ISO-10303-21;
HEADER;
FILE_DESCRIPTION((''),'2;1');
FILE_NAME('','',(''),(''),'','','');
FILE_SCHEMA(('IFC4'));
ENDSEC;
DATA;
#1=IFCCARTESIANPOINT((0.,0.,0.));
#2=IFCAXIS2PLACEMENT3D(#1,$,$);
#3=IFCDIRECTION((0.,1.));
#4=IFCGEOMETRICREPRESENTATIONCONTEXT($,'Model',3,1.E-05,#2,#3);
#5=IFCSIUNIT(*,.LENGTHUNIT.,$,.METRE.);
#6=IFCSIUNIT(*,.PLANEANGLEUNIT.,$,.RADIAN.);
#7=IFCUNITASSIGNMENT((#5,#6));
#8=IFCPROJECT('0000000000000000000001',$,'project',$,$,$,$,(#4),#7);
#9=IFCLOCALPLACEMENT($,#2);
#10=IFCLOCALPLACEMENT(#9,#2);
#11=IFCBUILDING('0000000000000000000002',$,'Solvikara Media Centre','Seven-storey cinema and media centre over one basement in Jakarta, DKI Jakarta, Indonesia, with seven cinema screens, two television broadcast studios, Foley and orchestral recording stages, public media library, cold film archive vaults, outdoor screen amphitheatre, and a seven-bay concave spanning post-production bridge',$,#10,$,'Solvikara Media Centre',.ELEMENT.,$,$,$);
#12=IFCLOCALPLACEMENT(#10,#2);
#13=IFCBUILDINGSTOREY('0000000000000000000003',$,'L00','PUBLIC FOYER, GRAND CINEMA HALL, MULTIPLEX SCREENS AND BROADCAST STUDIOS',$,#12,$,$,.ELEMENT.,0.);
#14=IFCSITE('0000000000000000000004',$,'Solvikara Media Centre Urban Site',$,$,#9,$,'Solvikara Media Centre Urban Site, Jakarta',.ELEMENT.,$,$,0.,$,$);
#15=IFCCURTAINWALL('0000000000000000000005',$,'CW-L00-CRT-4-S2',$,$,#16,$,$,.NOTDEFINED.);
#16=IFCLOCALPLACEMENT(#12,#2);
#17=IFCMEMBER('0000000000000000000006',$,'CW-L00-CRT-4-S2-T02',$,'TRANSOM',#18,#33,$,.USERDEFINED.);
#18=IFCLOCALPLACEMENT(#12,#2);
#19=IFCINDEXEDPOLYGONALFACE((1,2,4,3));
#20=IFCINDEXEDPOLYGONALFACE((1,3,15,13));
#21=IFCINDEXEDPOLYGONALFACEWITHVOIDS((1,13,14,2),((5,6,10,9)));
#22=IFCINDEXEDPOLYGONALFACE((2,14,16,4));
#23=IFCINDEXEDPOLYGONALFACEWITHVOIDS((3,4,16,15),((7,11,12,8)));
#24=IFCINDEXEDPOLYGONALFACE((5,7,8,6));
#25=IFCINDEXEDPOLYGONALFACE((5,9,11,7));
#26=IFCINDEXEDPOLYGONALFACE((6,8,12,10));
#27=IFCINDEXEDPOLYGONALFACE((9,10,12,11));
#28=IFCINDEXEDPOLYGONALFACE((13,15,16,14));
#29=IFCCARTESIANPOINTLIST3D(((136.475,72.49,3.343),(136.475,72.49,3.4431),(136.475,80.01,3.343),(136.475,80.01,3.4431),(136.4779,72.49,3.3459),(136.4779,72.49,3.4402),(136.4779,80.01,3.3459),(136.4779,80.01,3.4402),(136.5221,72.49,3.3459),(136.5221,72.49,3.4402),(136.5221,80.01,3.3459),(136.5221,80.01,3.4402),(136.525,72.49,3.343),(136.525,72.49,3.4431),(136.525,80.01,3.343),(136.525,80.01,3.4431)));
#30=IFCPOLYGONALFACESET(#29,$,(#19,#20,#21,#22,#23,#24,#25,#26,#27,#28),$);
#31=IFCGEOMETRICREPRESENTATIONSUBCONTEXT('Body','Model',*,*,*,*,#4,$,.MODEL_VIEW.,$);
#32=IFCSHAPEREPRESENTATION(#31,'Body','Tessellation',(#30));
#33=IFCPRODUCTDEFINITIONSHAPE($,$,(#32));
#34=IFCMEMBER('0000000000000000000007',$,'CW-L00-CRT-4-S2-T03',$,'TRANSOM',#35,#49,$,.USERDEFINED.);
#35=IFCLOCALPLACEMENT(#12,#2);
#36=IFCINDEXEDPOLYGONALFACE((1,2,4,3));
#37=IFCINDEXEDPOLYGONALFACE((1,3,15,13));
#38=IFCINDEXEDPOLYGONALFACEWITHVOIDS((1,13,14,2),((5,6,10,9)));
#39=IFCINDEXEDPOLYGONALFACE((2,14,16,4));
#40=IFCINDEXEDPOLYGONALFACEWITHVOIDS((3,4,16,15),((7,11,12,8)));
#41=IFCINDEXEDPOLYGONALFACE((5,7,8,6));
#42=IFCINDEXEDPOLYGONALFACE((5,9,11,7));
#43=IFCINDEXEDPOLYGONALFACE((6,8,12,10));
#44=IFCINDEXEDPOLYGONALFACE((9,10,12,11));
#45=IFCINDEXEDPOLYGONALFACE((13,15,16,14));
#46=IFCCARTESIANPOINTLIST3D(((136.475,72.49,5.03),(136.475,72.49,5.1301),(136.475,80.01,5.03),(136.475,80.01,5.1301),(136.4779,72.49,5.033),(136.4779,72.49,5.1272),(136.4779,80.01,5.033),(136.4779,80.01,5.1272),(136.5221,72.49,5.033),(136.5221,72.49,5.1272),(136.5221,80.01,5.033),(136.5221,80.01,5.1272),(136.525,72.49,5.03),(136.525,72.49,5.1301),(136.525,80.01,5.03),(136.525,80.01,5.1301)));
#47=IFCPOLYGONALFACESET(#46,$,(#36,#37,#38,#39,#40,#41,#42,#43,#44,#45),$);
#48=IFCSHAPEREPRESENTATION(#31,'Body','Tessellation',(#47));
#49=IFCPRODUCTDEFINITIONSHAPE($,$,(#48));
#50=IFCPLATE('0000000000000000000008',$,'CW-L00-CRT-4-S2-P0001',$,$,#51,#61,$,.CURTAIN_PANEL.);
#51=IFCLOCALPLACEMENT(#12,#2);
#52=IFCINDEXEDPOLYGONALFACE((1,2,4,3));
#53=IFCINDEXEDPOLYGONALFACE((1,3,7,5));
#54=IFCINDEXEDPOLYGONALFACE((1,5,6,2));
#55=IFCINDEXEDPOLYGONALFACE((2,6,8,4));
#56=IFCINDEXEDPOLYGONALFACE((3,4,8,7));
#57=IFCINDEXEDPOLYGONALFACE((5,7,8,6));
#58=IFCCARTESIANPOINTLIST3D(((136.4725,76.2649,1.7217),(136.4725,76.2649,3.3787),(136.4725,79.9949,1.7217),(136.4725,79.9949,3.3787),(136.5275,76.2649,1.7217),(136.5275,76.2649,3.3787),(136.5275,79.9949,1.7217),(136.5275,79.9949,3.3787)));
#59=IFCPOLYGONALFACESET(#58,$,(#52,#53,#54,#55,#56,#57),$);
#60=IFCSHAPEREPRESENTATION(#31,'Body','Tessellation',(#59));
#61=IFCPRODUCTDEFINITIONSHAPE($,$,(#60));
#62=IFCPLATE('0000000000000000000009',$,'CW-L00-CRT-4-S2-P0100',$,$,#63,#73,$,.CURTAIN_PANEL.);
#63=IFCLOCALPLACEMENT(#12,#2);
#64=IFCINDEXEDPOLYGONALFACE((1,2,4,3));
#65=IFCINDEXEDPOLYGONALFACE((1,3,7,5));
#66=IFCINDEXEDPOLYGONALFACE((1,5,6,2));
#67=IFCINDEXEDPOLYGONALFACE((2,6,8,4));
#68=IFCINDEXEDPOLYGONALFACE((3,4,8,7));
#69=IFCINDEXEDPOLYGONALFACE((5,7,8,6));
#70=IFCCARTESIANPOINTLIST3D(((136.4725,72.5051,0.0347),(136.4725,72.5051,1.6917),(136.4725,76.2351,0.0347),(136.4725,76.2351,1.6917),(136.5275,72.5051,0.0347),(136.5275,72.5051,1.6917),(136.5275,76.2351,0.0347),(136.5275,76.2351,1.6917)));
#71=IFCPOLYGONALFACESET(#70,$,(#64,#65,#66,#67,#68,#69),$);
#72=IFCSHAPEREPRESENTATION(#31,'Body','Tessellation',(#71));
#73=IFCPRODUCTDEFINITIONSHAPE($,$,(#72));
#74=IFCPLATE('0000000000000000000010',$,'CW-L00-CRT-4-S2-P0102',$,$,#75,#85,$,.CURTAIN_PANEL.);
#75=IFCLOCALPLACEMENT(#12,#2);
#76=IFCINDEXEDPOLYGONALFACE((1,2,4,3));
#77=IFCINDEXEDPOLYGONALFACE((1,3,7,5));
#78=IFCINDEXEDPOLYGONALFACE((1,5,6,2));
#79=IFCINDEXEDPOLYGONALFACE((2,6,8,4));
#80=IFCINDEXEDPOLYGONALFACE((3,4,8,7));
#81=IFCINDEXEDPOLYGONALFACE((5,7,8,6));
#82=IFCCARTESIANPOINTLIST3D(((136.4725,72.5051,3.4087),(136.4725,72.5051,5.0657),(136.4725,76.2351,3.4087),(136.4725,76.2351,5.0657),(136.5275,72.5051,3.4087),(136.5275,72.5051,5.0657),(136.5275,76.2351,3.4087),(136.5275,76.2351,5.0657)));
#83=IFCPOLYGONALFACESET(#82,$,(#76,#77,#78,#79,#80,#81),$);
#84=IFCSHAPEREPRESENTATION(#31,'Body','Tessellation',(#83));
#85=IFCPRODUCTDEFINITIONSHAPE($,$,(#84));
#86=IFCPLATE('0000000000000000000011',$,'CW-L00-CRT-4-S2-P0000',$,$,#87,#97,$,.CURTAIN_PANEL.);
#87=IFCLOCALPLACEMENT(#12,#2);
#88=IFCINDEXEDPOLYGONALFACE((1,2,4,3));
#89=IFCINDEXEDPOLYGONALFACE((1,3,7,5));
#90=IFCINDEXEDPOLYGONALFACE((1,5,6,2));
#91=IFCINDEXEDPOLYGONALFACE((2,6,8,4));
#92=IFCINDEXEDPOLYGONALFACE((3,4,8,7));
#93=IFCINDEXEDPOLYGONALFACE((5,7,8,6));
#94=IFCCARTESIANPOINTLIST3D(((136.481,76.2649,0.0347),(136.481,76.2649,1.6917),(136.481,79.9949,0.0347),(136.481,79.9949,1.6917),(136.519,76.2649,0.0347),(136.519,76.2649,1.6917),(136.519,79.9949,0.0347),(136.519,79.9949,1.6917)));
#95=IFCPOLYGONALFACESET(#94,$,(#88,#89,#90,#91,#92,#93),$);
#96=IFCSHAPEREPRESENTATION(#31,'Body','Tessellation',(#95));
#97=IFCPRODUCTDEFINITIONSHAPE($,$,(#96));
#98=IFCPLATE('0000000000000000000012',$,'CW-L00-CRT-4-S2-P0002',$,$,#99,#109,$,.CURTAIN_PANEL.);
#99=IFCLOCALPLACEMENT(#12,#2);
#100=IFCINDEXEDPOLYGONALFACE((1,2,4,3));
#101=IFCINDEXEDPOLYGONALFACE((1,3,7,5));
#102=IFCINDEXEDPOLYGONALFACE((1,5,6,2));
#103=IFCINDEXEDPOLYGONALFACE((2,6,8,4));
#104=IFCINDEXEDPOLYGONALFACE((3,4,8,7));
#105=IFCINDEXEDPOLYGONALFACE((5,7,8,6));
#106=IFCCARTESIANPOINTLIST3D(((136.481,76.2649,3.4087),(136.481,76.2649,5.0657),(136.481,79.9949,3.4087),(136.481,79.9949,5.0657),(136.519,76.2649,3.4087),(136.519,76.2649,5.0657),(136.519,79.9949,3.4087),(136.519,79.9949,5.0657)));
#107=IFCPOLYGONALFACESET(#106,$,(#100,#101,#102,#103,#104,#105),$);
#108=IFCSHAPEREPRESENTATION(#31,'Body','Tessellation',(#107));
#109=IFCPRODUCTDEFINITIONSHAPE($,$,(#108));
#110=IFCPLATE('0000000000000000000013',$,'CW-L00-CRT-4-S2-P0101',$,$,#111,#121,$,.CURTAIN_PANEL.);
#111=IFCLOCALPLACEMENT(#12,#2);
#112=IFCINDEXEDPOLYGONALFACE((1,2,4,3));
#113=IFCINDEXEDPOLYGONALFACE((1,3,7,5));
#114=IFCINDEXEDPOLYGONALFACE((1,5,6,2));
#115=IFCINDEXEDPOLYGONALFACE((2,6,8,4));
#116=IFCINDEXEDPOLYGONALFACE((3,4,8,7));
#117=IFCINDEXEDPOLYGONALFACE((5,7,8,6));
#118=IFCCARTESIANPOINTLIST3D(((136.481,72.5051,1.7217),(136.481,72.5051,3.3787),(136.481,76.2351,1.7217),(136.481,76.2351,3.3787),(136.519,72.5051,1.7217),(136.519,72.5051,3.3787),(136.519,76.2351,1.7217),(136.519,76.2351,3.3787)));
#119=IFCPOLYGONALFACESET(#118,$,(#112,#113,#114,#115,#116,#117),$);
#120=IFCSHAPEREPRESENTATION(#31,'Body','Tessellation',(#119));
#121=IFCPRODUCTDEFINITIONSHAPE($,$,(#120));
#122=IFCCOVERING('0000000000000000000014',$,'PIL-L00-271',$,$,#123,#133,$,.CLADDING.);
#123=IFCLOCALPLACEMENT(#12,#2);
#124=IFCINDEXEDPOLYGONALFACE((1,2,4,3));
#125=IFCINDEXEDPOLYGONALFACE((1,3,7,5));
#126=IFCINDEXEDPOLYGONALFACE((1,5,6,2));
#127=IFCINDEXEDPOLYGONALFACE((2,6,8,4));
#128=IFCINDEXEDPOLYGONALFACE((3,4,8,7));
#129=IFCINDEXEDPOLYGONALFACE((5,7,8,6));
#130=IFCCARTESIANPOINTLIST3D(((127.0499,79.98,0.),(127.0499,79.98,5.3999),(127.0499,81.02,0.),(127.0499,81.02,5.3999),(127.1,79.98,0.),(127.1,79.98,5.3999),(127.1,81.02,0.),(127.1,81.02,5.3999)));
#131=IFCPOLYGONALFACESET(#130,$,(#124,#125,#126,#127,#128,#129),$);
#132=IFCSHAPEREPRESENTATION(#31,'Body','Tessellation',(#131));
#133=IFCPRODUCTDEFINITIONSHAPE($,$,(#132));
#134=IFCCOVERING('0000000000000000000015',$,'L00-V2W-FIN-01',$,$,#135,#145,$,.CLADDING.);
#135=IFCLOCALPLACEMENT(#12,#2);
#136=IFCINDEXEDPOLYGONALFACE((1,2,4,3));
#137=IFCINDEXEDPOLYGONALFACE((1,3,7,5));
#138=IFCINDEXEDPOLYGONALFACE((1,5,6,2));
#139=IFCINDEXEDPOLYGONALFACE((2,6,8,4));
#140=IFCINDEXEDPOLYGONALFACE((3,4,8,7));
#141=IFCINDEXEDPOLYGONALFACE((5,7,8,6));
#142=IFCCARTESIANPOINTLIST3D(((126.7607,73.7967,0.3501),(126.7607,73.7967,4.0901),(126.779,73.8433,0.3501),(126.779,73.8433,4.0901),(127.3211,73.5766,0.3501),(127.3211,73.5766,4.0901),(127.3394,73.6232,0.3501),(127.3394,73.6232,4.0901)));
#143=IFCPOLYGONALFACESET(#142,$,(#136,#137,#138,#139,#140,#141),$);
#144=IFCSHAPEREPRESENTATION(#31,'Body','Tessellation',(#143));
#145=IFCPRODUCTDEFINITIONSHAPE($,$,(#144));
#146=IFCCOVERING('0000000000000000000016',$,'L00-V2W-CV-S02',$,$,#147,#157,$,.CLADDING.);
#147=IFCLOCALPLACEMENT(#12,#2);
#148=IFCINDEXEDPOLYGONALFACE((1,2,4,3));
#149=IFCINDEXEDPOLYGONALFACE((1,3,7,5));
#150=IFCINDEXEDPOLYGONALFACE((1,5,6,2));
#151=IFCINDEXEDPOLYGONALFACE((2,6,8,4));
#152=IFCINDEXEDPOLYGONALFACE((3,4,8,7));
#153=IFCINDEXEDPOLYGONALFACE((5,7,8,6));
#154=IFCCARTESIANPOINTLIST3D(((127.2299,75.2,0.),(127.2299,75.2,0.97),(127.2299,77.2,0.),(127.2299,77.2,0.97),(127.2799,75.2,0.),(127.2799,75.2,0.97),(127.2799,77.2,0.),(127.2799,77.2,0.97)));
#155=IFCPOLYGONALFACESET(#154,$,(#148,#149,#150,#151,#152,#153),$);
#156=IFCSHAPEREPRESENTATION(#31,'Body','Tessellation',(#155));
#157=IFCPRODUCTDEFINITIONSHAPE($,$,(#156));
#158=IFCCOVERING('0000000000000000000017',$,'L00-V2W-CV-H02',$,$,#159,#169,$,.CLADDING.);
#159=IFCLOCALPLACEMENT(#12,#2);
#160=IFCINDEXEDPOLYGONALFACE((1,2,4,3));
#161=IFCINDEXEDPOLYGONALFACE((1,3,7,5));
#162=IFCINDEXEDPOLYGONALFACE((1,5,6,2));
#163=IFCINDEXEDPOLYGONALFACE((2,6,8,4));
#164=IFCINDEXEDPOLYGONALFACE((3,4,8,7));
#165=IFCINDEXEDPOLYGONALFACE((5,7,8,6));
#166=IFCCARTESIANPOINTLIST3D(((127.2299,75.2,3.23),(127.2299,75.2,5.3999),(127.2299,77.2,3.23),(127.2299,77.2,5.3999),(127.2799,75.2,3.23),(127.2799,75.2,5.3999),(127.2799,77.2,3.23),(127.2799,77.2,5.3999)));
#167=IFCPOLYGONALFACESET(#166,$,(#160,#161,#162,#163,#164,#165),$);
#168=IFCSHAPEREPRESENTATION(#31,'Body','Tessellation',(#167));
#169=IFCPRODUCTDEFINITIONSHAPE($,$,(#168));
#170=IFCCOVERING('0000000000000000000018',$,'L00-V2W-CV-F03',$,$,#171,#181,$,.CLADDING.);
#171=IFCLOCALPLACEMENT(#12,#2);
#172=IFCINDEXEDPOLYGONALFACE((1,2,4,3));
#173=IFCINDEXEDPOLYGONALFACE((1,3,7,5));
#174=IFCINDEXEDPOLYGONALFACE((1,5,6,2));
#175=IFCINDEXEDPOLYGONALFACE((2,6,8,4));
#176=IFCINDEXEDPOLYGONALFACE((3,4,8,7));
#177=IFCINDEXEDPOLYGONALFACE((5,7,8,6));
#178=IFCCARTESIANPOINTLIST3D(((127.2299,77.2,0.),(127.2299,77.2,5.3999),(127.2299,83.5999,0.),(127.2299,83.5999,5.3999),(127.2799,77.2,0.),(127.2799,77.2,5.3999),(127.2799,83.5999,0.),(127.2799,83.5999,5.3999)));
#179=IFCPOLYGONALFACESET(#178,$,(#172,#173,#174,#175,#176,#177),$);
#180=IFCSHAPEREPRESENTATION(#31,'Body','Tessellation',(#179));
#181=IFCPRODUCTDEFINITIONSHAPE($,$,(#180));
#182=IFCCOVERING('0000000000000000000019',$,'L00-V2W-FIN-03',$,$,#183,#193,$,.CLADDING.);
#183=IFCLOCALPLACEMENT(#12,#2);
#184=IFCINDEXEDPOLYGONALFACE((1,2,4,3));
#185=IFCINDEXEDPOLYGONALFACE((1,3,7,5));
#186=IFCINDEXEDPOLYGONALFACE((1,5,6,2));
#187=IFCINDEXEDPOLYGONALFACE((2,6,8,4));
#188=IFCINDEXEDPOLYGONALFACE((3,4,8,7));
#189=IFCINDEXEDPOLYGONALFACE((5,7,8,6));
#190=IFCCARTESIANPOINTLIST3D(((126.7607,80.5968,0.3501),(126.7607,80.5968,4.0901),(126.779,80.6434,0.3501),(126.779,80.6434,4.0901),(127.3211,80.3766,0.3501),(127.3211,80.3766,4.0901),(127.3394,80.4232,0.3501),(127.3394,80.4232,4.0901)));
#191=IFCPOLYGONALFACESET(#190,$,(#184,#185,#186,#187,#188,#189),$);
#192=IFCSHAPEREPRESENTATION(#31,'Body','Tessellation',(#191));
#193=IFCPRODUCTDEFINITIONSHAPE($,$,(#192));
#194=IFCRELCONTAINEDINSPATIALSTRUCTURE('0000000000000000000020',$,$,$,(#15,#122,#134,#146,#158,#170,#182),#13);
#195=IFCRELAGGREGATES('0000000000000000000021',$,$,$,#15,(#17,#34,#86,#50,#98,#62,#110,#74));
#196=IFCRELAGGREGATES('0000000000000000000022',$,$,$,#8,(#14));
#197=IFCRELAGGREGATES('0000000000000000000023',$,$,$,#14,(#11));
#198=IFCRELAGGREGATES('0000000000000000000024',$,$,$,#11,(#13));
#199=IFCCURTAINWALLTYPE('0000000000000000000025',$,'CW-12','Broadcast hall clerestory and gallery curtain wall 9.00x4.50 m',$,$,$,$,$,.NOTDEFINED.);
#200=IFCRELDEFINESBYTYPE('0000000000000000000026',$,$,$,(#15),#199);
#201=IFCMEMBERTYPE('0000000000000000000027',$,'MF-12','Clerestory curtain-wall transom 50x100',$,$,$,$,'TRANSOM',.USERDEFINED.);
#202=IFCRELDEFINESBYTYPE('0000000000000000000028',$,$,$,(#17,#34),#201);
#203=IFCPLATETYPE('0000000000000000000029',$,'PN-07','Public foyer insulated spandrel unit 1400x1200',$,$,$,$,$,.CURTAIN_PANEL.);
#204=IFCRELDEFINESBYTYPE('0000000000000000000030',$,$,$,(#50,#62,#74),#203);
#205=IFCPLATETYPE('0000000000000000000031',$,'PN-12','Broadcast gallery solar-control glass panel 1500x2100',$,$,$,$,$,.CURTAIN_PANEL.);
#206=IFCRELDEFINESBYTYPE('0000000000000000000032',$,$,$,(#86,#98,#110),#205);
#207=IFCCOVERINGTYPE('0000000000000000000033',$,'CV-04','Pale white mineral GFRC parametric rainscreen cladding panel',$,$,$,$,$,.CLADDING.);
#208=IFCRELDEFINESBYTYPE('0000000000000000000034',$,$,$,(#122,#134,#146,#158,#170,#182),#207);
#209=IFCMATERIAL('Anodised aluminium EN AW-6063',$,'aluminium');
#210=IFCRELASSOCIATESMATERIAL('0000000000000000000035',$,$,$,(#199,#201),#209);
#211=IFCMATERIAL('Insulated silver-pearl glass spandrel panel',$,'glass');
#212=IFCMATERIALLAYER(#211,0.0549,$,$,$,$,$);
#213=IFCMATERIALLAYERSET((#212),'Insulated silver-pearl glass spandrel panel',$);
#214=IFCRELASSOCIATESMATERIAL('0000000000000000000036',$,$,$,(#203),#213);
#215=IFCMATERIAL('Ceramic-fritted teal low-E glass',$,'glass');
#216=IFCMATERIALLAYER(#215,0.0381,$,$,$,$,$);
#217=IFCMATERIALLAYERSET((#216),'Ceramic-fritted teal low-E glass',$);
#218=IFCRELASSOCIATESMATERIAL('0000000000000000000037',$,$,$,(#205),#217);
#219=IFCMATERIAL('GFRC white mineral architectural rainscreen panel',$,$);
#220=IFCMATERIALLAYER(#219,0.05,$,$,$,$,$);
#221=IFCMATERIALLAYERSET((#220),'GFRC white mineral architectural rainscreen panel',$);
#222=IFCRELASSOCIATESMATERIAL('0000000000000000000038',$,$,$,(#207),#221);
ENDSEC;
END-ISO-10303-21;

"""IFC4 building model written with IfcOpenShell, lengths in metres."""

from ifc_helpers import new_model, si_unit, direction, frame, origin, origin_2d, place, context, subcontext, project, spatial, rectangle, hollow_rectangle, extrude, material, layer, layer_set, material_profile, profile_set, type_object, element, aggregate, save


model = new_model("IFC4")

# Units and contexts
model_context = context("Model", 3, precision=1e-05, world=origin(), true_north=direction((0.0, 1.0)))
body_context = subcontext(model_context, "Body", "Model", "MODEL_VIEW")
ifc_project = project(units=[si_unit("LENGTHUNIT", "METRE"), si_unit("PLANEANGLEUNIT", "RADIAN")], contexts=[model_context])

# Site, building, storey
site_placement = place(None, origin())
site = spatial("IfcSite", under=ifc_project, at=site_placement, Name="Solvikara Media Centre Urban Site", LongName="Solvikara Media Centre Urban Site, Jakarta", CompositionType="ELEMENT", RefElevation=0.0)
building_placement = place(site_placement, origin())
building = spatial("IfcBuilding", under=site, at=building_placement, Name="Solvikara Media Centre", Description="Seven-storey cinema and media centre over one basement in Jakarta, DKI Jakarta, Indonesia, with seven cinema screens, two television broadcast studios, Foley and orchestral recording stages, public media library, cold film archive vaults, outdoor screen amphitheatre, and a seven-bay concave spanning post-production bridge", LongName="Solvikara Media Centre", CompositionType="ELEMENT")
storey_placement = place(building_placement, origin())
storey = spatial("IfcBuildingStorey", under=building, at=storey_placement, Name="L00", Description="PUBLIC FOYER, GRAND CINEMA HALL, MULTIPLEX SCREENS AND BROADCAST STUDIOS", CompositionType="ELEMENT", Elevation=0.0)

# Curtain wall, members, plates
ifc_material_1 = material(Name="Anodised aluminium EN AW-6063", Category="aluminium")
curtain_wall_type = type_object("IfcCurtainWallType", Name="CW-12", Description="Broadcast hall clerestory and gallery curtain wall 9.00x4.50 m", PredefinedType="NOTDEFINED", material=ifc_material_1)
curtain_wall_placement = place(storey_placement, origin())
curtain_wall = element("IfcCurtainWall", 1, at=curtain_wall_placement, inside=storey, type_object=curtain_wall_type, Name="CW-L00-CRT-4-S2", PredefinedType="NOTDEFINED")
ifc_material_profile_1 = material_profile(ifc_material_1, hollow_rectangle(XDim=0.05, YDim=0.1001, WallThickness=0.0029, at=origin_2d()), Name="ALU-T 50x100x3")
ifc_profile_set_1 = profile_set([ifc_material_profile_1], Name="Anodised aluminium EN AW-6063")
member_type_1 = type_object("IfcMemberType", Name="MF-12", Description="Clerestory curtain-wall transom 50x100", ElementType="TRANSOM", PredefinedType="USERDEFINED", material=ifc_profile_set_1)
member_1_placement = place(storey_placement, frame((136.5, 80.01, 3.3931), z_axis=(0.0, -1.0, 0.0), x_axis=(1.0, 0.0, 0.0)))
member_1 = element("IfcMember", 2, at=member_1_placement, type_object=member_type_1, Name="CW-L00-CRT-4-S2-T02", ObjectType="TRANSOM", PredefinedType="USERDEFINED", context=body_context, shape_type="SweptSolid", body=[
    extrude(hollow_rectangle(XDim=0.05, YDim=0.1001, WallThickness=0.0029, at=origin_2d()), origin(), (0.0, 0.0, 1.0), 7.52),
])
member_2_placement = place(storey_placement, frame((136.5, 80.01, 5.0801), z_axis=(0.0, -1.0, 0.0), x_axis=(1.0, 0.0, 0.0)))
member_2 = element("IfcMember", 3, at=member_2_placement, type_object=member_type_1, Name="CW-L00-CRT-4-S2-T03", ObjectType="TRANSOM", PredefinedType="USERDEFINED", context=body_context, shape_type="SweptSolid", body=[
    extrude(hollow_rectangle(XDim=0.05, YDim=0.1001, WallThickness=0.0029, at=origin_2d()), origin(), (0.0, 0.0, 1.0), 7.52),
])
ifc_material_2 = material(Name="Insulated silver-pearl glass spandrel panel", Category="glass")
ifc_layer_1 = layer(ifc_material_2, 0.0549)
ifc_layer_set_1 = layer_set([ifc_layer_1], Name="Insulated silver-pearl glass spandrel panel")
plate_type_1 = type_object("IfcPlateType", Name="PN-07", Description="Public foyer insulated spandrel unit 1400x1200", PredefinedType="CURTAIN_PANEL", material=ifc_layer_set_1)
plate_1_placement = place(storey_placement, frame((136.5, 78.1299, 1.7217), z_axis=(0.0, 0.0, 1.0), x_axis=(0.0, -1.0, 0.0)))
plate_1 = element("IfcPlate", 4, at=plate_1_placement, type_object=plate_type_1, Name="CW-L00-CRT-4-S2-P0001", PredefinedType="CURTAIN_PANEL", context=body_context, shape_type="SweptSolid", body=[
    extrude(rectangle(XDim=3.73, YDim=0.0549, at=origin_2d()), origin(), (0.0, 0.0, 1.0), 1.657),
])
plate_2_placement = place(storey_placement, frame((136.5, 74.3701, 0.0347), z_axis=(0.0, 0.0, 1.0), x_axis=(0.0, -1.0, 0.0)))
plate_2 = element("IfcPlate", 5, at=plate_2_placement, type_object=plate_type_1, Name="CW-L00-CRT-4-S2-P0100", PredefinedType="CURTAIN_PANEL", context=body_context, shape_type="SweptSolid", body=[
    extrude(rectangle(XDim=3.73, YDim=0.0549, at=origin_2d()), origin(), (0.0, 0.0, 1.0), 1.657),
])
plate_3_placement = place(storey_placement, frame((136.5, 74.3701, 3.4087), z_axis=(0.0, 0.0, 1.0), x_axis=(0.0, -1.0, 0.0)))
plate_3 = element("IfcPlate", 6, at=plate_3_placement, type_object=plate_type_1, Name="CW-L00-CRT-4-S2-P0102", PredefinedType="CURTAIN_PANEL", context=body_context, shape_type="SweptSolid", body=[
    extrude(rectangle(XDim=3.73, YDim=0.0549, at=origin_2d()), origin(), (0.0, 0.0, 1.0), 1.657),
])
ifc_material_3 = material(Name="Ceramic-fritted teal low-E glass", Category="glass")
ifc_layer_2 = layer(ifc_material_3, 0.0381)
ifc_layer_set_2 = layer_set([ifc_layer_2], Name="Ceramic-fritted teal low-E glass")
plate_type_2 = type_object("IfcPlateType", Name="PN-12", Description="Broadcast gallery solar-control glass panel 1500x2100", PredefinedType="CURTAIN_PANEL", material=ifc_layer_set_2)
plate_4_placement = place(storey_placement, frame((136.5, 78.1299, 0.0347), z_axis=(0.0, 0.0, 1.0), x_axis=(0.0, -1.0, 0.0)))
plate_4 = element("IfcPlate", 7, at=plate_4_placement, type_object=plate_type_2, Name="CW-L00-CRT-4-S2-P0000", PredefinedType="CURTAIN_PANEL", context=body_context, shape_type="SweptSolid", body=[
    extrude(rectangle(XDim=3.73, YDim=0.0381, at=origin_2d()), origin(), (0.0, 0.0, 1.0), 1.657),
])
plate_5_placement = place(storey_placement, frame((136.5, 78.1299, 3.4087), z_axis=(0.0, 0.0, 1.0), x_axis=(0.0, -1.0, 0.0)))
plate_5 = element("IfcPlate", 8, at=plate_5_placement, type_object=plate_type_2, Name="CW-L00-CRT-4-S2-P0002", PredefinedType="CURTAIN_PANEL", context=body_context, shape_type="SweptSolid", body=[
    extrude(rectangle(XDim=3.73, YDim=0.0381, at=origin_2d()), origin(), (0.0, 0.0, 1.0), 1.657),
])
plate_6_placement = place(storey_placement, frame((136.5, 74.3701, 1.7217), z_axis=(0.0, 0.0, 1.0), x_axis=(0.0, -1.0, 0.0)))
plate_6 = element("IfcPlate", 9, at=plate_6_placement, type_object=plate_type_2, Name="CW-L00-CRT-4-S2-P0101", PredefinedType="CURTAIN_PANEL", context=body_context, shape_type="SweptSolid", body=[
    extrude(rectangle(XDim=3.73, YDim=0.0381, at=origin_2d()), origin(), (0.0, 0.0, 1.0), 1.657),
])
aggregate(curtain_wall, [member_1, member_2, plate_4, plate_1, plate_5, plate_2, plate_6, plate_3])

# Coverings
ifc_material_4 = material(Name="GFRC white mineral architectural rainscreen panel")
ifc_layer_3 = layer(ifc_material_4, 0.05)
ifc_layer_set_3 = layer_set([ifc_layer_3], Name="GFRC white mineral architectural rainscreen panel")
covering_type = type_object("IfcCoveringType", Name="CV-04", Description="Pale white mineral GFRC parametric rainscreen cladding panel", PredefinedType="CLADDING", material=ifc_layer_set_3)
covering_1_placement = place(storey_placement, frame((127.075, 80.5, 0.0), z_axis=(0.0, 0.0, 1.0), x_axis=(0.0, -1.0, 0.0)))
element("IfcCovering", 10, at=covering_1_placement, inside=storey, type_object=covering_type, Name="PIL-L00-271", PredefinedType="CLADDING", context=body_context, shape_type="SweptSolid", body=[
    extrude(rectangle(XDim=1.04, YDim=0.05, at=origin_2d()), origin(), (0.0, 0.0, 1.0), 5.3999),
])
covering_2_placement = place(storey_placement, frame((127.05, 73.71, 0.3501), z_axis=(0.0, 0.0, 1.0), x_axis=(-0.93075, 0.365657, 0.0)))
element("IfcCovering", 11, at=covering_2_placement, inside=storey, type_object=covering_type, Name="L00-V2W-FIN-01", PredefinedType="CLADDING", context=body_context, shape_type="SweptSolid", body=[
    extrude(rectangle(XDim=0.6021, YDim=0.05, at=origin_2d()), origin(), (0.0, 0.0, 1.0), 3.74),
])
covering_3_placement = place(storey_placement, frame((127.2549, 76.2, 0.0), z_axis=(0.0, 0.0, 1.0), x_axis=(0.0, 1.0, 0.0)))
element("IfcCovering", 12, at=covering_3_placement, inside=storey, type_object=covering_type, Name="L00-V2W-CV-S02", PredefinedType="CLADDING", context=body_context, shape_type="SweptSolid", body=[
    extrude(rectangle(XDim=2.0, YDim=0.05, at=origin_2d()), origin(), (0.0, 0.0, 1.0), 0.97),
])
covering_4_placement = place(storey_placement, frame((127.2549, 76.2, 3.23), z_axis=(0.0, 0.0, 1.0), x_axis=(0.0, 1.0, 0.0)))
element("IfcCovering", 13, at=covering_4_placement, inside=storey, type_object=covering_type, Name="L00-V2W-CV-H02", PredefinedType="CLADDING", context=body_context, shape_type="SweptSolid", body=[
    extrude(rectangle(XDim=2.0, YDim=0.05, at=origin_2d()), origin(), (0.0, 0.0, 1.0), 2.1699),
])
covering_5_placement = place(storey_placement, frame((127.2549, 80.3999, 0.0), z_axis=(0.0, 0.0, 1.0), x_axis=(0.0, 1.0, 0.0)))
element("IfcCovering", 14, at=covering_5_placement, inside=storey, type_object=covering_type, Name="L00-V2W-CV-F03", PredefinedType="CLADDING", context=body_context, shape_type="SweptSolid", body=[
    extrude(rectangle(XDim=6.3999, YDim=0.05, at=origin_2d()), origin(), (0.0, 0.0, 1.0), 5.3999),
])
covering_6_placement = place(storey_placement, frame((127.05, 80.51, 0.3501), z_axis=(0.0, 0.0, 1.0), x_axis=(-0.93075, 0.365657, 0.0)))
element("IfcCovering", 15, at=covering_6_placement, inside=storey, type_object=covering_type, Name="L00-V2W-FIN-03", PredefinedType="CLADDING", context=body_context, shape_type="SweptSolid", body=[
    extrude(rectangle(XDim=0.6021, YDim=0.05, at=origin_2d()), origin(), (0.0, 0.0, 1.0), 3.74),
])

save(model, "model.ifc")
